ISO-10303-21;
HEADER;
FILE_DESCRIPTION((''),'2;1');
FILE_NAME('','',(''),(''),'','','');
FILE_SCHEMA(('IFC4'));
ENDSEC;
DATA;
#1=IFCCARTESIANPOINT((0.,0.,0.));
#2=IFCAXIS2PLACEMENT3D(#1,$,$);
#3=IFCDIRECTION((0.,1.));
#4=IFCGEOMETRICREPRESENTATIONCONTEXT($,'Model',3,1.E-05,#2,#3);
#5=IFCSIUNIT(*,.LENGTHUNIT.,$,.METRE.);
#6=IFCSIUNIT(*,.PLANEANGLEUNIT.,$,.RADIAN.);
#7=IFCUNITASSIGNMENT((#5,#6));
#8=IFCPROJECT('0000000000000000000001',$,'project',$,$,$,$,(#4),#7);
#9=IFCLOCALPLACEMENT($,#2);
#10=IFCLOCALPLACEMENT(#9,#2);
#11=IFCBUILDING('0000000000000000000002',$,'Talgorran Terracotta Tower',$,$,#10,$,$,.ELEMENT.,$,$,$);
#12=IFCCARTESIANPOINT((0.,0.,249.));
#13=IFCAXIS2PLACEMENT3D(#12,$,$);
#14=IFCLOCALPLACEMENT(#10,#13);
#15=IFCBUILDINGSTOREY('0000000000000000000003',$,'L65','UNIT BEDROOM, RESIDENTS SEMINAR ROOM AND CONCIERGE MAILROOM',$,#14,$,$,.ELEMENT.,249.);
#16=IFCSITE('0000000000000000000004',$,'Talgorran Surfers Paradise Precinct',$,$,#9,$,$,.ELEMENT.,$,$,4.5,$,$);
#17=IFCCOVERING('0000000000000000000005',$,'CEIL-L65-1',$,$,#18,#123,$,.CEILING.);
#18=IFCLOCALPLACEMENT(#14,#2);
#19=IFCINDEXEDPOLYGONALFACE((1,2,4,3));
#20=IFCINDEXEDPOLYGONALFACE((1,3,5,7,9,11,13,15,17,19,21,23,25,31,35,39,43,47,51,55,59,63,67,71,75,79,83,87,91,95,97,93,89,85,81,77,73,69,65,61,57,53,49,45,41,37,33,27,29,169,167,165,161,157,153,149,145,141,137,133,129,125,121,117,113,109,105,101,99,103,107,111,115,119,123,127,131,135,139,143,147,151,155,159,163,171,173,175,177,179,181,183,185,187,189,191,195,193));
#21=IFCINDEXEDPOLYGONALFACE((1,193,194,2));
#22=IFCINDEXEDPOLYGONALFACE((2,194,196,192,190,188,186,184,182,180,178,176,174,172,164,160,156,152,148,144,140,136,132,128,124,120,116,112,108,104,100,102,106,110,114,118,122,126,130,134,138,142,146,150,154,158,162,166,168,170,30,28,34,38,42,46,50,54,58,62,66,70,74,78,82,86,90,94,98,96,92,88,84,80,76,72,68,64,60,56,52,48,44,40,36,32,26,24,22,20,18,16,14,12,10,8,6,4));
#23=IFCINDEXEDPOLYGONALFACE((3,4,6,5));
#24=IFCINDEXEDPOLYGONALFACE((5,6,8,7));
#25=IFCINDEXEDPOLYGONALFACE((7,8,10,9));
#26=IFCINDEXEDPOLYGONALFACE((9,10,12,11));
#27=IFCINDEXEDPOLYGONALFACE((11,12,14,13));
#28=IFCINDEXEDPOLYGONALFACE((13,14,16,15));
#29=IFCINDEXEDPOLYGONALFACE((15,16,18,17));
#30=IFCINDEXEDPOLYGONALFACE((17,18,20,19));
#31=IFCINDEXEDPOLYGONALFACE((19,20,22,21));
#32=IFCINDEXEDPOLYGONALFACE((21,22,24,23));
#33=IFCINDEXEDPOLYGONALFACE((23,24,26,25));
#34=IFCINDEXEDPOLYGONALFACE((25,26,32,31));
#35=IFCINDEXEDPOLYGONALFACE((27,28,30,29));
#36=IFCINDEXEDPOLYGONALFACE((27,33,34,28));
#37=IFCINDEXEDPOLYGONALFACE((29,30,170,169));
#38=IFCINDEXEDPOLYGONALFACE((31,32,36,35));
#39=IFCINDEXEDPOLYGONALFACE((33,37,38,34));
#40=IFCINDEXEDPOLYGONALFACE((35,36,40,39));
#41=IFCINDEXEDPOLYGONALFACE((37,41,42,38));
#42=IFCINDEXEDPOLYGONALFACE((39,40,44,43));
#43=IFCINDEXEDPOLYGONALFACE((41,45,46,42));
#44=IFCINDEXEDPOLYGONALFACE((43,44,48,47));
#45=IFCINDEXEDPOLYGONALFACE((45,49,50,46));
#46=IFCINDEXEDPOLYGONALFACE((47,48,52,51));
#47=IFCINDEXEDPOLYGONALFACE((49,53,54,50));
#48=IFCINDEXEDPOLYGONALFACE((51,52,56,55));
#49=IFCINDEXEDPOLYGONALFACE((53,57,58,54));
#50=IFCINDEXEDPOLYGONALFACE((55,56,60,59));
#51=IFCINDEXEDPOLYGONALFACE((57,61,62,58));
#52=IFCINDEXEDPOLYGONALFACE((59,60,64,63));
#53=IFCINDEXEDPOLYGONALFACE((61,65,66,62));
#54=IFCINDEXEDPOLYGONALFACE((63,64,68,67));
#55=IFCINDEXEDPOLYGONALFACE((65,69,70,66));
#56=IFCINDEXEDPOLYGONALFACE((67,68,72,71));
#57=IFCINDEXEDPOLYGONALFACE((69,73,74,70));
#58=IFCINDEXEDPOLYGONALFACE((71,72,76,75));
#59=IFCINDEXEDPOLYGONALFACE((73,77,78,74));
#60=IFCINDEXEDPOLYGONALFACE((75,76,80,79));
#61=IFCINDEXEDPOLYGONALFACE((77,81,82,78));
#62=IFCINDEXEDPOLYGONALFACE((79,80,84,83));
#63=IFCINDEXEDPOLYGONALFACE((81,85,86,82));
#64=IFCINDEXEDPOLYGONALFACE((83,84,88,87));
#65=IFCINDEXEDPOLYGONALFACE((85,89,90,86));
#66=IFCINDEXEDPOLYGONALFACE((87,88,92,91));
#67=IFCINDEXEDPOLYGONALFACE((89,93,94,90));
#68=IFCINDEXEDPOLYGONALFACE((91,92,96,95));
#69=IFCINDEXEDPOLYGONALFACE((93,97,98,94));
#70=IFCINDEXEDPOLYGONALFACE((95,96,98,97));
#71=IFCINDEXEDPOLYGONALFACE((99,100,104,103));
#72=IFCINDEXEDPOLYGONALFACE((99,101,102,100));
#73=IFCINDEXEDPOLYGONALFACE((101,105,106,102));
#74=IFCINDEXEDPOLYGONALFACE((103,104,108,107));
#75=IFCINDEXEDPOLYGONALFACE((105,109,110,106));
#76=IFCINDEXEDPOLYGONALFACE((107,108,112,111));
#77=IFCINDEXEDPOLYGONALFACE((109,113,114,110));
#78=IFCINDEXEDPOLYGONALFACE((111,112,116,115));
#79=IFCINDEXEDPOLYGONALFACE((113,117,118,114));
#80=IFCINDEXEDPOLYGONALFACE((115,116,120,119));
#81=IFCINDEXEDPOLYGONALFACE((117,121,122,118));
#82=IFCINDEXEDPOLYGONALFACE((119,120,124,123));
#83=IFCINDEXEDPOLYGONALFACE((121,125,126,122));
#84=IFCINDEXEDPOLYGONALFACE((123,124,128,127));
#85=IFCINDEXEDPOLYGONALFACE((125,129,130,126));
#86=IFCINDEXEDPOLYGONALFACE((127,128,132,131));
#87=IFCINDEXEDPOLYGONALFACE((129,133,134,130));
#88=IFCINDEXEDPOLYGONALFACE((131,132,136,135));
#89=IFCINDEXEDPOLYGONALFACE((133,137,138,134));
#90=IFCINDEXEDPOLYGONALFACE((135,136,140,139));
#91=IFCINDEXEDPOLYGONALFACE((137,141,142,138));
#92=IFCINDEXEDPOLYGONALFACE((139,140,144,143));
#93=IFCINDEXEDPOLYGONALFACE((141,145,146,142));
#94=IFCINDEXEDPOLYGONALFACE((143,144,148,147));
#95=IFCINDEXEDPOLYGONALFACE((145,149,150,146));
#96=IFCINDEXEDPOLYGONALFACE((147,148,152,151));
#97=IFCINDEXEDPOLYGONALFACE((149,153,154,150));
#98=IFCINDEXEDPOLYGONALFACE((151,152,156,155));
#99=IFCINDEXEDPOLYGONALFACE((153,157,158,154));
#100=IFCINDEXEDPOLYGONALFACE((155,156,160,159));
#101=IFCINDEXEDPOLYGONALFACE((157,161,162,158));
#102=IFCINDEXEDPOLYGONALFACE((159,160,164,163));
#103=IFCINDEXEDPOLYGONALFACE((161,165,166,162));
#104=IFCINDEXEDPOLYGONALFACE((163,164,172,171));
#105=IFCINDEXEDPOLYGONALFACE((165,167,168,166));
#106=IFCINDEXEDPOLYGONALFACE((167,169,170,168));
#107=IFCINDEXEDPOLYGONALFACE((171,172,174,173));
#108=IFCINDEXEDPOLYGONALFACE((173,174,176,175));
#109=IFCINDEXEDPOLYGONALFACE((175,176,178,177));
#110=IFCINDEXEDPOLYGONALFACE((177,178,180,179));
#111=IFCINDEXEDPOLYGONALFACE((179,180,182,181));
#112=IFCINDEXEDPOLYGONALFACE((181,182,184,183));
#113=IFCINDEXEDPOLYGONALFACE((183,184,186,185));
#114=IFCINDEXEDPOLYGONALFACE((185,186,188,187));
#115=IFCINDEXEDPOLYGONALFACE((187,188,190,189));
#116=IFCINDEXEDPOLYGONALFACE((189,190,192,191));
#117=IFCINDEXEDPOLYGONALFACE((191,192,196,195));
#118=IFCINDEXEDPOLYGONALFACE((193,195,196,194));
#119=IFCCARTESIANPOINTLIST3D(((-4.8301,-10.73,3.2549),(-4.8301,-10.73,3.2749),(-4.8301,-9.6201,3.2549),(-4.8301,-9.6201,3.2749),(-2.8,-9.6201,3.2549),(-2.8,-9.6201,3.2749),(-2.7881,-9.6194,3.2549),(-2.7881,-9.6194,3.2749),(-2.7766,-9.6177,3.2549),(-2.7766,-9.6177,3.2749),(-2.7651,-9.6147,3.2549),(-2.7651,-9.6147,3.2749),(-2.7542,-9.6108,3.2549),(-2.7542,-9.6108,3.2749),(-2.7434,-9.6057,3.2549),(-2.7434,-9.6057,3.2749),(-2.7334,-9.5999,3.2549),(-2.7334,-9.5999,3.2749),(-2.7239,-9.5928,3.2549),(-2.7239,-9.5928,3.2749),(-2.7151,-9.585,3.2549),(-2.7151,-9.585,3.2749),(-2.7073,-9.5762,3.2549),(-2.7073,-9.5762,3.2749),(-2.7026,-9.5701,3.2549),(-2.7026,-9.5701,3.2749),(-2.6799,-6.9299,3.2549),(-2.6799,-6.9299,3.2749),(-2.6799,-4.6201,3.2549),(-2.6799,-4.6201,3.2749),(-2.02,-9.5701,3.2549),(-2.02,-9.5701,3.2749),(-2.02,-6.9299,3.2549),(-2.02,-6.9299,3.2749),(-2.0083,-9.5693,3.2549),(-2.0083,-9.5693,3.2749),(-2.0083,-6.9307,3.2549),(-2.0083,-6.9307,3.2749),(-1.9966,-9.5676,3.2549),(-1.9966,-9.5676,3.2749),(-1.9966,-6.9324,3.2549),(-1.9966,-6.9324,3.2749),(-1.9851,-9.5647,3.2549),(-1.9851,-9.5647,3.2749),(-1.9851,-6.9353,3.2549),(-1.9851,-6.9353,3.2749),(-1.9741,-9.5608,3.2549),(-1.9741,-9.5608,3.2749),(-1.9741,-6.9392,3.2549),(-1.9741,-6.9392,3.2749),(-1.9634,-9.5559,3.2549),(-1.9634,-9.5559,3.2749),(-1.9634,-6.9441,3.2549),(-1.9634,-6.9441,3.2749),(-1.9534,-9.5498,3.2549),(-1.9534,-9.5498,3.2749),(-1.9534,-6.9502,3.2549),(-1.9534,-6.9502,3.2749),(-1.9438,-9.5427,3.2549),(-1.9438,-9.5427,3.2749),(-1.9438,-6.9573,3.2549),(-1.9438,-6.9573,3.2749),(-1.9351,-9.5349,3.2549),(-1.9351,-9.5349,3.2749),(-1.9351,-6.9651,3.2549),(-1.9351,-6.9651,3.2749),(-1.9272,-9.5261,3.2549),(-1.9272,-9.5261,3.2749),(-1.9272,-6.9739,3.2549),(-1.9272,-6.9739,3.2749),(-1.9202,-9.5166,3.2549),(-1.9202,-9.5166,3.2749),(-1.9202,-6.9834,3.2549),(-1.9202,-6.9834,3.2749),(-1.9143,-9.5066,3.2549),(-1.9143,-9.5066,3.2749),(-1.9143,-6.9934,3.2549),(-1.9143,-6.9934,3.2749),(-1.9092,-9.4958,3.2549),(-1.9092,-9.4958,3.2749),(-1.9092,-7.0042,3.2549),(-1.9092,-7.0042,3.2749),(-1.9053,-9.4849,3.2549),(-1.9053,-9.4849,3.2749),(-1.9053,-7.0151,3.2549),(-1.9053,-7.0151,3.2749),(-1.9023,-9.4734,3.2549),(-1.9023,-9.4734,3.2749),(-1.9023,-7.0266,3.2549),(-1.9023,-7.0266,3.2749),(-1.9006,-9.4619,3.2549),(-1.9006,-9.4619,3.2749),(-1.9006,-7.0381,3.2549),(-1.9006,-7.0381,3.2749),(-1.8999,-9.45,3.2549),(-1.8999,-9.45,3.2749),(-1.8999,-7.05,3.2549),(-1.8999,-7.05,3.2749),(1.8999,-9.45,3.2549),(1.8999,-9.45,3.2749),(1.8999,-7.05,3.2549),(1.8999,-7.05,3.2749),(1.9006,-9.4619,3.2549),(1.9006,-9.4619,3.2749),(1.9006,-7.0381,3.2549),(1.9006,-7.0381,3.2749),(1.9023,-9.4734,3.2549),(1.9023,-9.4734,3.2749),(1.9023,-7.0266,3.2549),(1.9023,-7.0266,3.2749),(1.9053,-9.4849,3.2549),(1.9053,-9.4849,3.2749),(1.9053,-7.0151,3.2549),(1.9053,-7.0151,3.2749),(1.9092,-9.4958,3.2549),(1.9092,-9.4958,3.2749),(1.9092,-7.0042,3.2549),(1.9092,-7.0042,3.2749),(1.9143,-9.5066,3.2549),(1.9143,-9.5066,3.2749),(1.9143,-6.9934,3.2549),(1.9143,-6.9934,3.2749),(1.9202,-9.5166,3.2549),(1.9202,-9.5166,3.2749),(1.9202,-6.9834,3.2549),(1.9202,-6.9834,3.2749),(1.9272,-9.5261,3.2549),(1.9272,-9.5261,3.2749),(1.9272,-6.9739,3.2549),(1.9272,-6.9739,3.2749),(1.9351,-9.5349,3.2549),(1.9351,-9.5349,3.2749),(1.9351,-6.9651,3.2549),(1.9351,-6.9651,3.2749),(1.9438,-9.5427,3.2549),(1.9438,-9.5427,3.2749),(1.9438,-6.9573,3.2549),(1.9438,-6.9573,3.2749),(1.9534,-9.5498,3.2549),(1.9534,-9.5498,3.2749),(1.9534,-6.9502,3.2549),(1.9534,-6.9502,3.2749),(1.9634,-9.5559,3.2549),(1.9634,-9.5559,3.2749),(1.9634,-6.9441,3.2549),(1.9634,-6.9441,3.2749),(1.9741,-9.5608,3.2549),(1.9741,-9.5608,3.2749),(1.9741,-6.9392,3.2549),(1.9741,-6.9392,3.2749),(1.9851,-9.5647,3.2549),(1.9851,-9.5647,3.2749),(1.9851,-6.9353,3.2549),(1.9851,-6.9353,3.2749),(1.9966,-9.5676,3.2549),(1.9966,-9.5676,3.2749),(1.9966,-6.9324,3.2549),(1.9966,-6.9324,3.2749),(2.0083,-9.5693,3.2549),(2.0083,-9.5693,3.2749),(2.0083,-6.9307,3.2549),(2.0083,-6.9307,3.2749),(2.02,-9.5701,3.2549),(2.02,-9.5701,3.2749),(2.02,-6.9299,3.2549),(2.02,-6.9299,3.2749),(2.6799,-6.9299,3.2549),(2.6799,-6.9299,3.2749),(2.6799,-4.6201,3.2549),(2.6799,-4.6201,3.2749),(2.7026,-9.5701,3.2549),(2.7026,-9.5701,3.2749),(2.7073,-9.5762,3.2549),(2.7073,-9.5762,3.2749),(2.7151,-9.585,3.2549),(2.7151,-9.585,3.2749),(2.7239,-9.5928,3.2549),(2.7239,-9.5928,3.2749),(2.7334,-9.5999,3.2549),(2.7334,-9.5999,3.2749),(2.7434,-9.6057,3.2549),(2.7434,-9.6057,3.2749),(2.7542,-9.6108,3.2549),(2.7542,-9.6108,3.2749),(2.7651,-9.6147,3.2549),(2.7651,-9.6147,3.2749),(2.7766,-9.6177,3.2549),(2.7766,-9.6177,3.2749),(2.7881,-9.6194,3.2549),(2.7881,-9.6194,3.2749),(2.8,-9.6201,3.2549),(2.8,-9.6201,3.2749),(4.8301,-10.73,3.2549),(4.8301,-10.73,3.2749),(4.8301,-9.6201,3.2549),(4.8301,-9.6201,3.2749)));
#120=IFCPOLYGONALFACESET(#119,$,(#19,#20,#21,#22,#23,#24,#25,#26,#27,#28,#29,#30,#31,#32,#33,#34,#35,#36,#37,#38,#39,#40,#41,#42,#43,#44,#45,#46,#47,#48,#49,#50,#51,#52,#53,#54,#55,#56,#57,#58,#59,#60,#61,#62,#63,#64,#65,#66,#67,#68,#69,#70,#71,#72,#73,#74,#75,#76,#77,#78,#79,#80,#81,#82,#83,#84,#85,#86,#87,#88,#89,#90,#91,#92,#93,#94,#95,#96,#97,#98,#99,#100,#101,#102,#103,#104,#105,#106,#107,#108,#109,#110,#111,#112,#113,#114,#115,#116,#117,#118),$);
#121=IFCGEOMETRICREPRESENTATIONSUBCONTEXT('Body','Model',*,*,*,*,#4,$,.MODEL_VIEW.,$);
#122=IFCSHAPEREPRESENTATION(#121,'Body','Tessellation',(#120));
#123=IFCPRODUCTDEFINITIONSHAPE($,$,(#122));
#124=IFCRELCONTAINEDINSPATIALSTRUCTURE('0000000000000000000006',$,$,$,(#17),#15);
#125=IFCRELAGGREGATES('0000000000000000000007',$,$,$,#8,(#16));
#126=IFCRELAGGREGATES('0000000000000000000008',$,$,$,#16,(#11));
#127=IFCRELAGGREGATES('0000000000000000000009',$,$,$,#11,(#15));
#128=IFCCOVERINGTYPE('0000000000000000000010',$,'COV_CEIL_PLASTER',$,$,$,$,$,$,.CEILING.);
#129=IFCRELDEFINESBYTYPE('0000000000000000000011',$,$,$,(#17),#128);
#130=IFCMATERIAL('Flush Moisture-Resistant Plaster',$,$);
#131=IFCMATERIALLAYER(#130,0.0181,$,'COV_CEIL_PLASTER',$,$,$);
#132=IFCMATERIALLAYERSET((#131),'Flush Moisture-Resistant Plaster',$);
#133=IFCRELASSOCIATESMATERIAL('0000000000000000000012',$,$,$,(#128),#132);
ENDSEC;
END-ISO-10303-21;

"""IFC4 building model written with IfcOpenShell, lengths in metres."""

from ifc_helpers import new_model, si_unit, direction, frame, origin, place, context, subcontext, project, spatial, polyline, outline, extrude, material, layer, layer_set, type_object, element, save


model = new_model("IFC4")

# Units and contexts
model_context = context("Model", 3, precision=1e-05, world=origin(), true_north=direction((0.0, 1.0)))
body_context = subcontext(model_context, "Body", "Model", "MODEL_VIEW")
ifc_project = project(units=[si_unit("LENGTHUNIT", "METRE"), si_unit("PLANEANGLEUNIT", "RADIAN")], contexts=[model_context])

# Site, building, storey
site_placement = place(None, origin())
site = spatial("IfcSite", under=ifc_project, at=site_placement, Name="Talgorran Surfers Paradise Precinct", CompositionType="ELEMENT", RefElevation=4.5)
building_placement = place(site_placement, origin())
building = spatial("IfcBuilding", under=site, at=building_placement, Name="Talgorran Terracotta Tower", CompositionType="ELEMENT")
storey_placement = place(building_placement, frame((0.0, 0.0, 249.0)))
storey = spatial("IfcBuildingStorey", under=building, at=storey_placement, Name="L65", Description="UNIT BEDROOM, RESIDENTS SEMINAR ROOM AND CONCIERGE MAILROOM", CompositionType="ELEMENT", Elevation=249.0)

# Covering
ifc_material_1 = material(Name="Flush Moisture-Resistant Plaster")
ifc_layer_1 = layer(ifc_material_1, 0.0181, Name="COV_CEIL_PLASTER")
ifc_layer_set_1 = layer_set([ifc_layer_1], Name="Flush Moisture-Resistant Plaster")
covering_type_1 = type_object("IfcCoveringType", Name="COV_CEIL_PLASTER", PredefinedType="CEILING", material=ifc_layer_set_1)
covering_1_placement = place(storey_placement, frame((0.0, 0.0, 3.2549)))
element("IfcCovering", 1, at=covering_1_placement, inside=storey, type_object=covering_type_1, Name="CEIL-L65-1", PredefinedType="CEILING", context=body_context, shape_type="SweptSolid", body=[
    extrude(outline(polyline([(-2.7026, -9.5701), (-2.02, -9.5701), (-2.0083, -9.5693), (-1.9966, -9.5676), (-1.9851, -9.5647), (-1.9741, -9.5608), (-1.9634, -9.5559), (-1.9534, -9.5498), (-1.9438, -9.5427), (-1.9351, -9.5349), (-1.9272, -9.5261), (-1.9202, -9.5166), (-1.9143, -9.5066), (-1.9092, -9.4958), (-1.9053, -9.4849), (-1.9023, -9.4734), (-1.9006, -9.4619), (-1.8999, -9.45), (-1.8999, -7.05), (-1.9006, -7.0381), (-1.9023, -7.0266), (-1.9053, -7.0151), (-1.9092, -7.0042), (-1.9143, -6.9934), (-1.9202, -6.9834), (-1.9272, -6.9739), (-1.9351, -6.9651), (-1.9438, -6.9573), (-1.9534, -6.9502), (-1.9634, -6.9441), (-1.9741, -6.9392), (-1.9851, -6.9353), (-1.9966, -6.9324), (-2.0083, -6.9307), (-2.02, -6.9299), (-2.6799, -6.9299), (-2.6799, -4.6201), (2.6799, -4.6201), (2.6799, -6.9299), (2.02, -6.9299), (2.0083, -6.9307), (1.9966, -6.9324), (1.9851, -6.9353), (1.9741, -6.9392), (1.9634, -6.9441), (1.9534, -6.9502), (1.9438, -6.9573), (1.9351, -6.9651), (1.9272, -6.9739), (1.9202, -6.9834), (1.9143, -6.9934), (1.9092, -7.0042), (1.9053, -7.0151), (1.9023, -7.0266), (1.9006, -7.0381), (1.8999, -7.05), (1.8999, -9.45), (1.9006, -9.4619), (1.9023, -9.4734), (1.9053, -9.4849), (1.9092, -9.4958), (1.9143, -9.5066), (1.9202, -9.5166), (1.9272, -9.5261), (1.9351, -9.5349), (1.9438, -9.5427), (1.9534, -9.5498), (1.9634, -9.5559), (1.9741, -9.5608), (1.9851, -9.5647), (1.9966, -9.5676), (2.0083, -9.5693), (2.02, -9.5701), (2.7026, -9.5701), (2.7073, -9.5762), (2.7151, -9.585), (2.7239, -9.5928), (2.7334, -9.5999), (2.7434, -9.6057), (2.7542, -9.6108), (2.7651, -9.6147), (2.7766, -9.6177), (2.7881, -9.6194), (2.8, -9.6201), (4.8301, -9.6201), (4.8301, -10.73), (-4.8301, -10.73), (-4.8301, -9.6201), (-2.8, -9.6201), (-2.7881, -9.6194), (-2.7766, -9.6177), (-2.7651, -9.6147), (-2.7542, -9.6108), (-2.7434, -9.6057), (-2.7334, -9.5999), (-2.7239, -9.5928), (-2.7151, -9.585), (-2.7073, -9.5762), (-2.7026, -9.5701)])), origin(), (0.0, 0.0, 1.0), 0.02),
])

save(model, "model.ifc")
